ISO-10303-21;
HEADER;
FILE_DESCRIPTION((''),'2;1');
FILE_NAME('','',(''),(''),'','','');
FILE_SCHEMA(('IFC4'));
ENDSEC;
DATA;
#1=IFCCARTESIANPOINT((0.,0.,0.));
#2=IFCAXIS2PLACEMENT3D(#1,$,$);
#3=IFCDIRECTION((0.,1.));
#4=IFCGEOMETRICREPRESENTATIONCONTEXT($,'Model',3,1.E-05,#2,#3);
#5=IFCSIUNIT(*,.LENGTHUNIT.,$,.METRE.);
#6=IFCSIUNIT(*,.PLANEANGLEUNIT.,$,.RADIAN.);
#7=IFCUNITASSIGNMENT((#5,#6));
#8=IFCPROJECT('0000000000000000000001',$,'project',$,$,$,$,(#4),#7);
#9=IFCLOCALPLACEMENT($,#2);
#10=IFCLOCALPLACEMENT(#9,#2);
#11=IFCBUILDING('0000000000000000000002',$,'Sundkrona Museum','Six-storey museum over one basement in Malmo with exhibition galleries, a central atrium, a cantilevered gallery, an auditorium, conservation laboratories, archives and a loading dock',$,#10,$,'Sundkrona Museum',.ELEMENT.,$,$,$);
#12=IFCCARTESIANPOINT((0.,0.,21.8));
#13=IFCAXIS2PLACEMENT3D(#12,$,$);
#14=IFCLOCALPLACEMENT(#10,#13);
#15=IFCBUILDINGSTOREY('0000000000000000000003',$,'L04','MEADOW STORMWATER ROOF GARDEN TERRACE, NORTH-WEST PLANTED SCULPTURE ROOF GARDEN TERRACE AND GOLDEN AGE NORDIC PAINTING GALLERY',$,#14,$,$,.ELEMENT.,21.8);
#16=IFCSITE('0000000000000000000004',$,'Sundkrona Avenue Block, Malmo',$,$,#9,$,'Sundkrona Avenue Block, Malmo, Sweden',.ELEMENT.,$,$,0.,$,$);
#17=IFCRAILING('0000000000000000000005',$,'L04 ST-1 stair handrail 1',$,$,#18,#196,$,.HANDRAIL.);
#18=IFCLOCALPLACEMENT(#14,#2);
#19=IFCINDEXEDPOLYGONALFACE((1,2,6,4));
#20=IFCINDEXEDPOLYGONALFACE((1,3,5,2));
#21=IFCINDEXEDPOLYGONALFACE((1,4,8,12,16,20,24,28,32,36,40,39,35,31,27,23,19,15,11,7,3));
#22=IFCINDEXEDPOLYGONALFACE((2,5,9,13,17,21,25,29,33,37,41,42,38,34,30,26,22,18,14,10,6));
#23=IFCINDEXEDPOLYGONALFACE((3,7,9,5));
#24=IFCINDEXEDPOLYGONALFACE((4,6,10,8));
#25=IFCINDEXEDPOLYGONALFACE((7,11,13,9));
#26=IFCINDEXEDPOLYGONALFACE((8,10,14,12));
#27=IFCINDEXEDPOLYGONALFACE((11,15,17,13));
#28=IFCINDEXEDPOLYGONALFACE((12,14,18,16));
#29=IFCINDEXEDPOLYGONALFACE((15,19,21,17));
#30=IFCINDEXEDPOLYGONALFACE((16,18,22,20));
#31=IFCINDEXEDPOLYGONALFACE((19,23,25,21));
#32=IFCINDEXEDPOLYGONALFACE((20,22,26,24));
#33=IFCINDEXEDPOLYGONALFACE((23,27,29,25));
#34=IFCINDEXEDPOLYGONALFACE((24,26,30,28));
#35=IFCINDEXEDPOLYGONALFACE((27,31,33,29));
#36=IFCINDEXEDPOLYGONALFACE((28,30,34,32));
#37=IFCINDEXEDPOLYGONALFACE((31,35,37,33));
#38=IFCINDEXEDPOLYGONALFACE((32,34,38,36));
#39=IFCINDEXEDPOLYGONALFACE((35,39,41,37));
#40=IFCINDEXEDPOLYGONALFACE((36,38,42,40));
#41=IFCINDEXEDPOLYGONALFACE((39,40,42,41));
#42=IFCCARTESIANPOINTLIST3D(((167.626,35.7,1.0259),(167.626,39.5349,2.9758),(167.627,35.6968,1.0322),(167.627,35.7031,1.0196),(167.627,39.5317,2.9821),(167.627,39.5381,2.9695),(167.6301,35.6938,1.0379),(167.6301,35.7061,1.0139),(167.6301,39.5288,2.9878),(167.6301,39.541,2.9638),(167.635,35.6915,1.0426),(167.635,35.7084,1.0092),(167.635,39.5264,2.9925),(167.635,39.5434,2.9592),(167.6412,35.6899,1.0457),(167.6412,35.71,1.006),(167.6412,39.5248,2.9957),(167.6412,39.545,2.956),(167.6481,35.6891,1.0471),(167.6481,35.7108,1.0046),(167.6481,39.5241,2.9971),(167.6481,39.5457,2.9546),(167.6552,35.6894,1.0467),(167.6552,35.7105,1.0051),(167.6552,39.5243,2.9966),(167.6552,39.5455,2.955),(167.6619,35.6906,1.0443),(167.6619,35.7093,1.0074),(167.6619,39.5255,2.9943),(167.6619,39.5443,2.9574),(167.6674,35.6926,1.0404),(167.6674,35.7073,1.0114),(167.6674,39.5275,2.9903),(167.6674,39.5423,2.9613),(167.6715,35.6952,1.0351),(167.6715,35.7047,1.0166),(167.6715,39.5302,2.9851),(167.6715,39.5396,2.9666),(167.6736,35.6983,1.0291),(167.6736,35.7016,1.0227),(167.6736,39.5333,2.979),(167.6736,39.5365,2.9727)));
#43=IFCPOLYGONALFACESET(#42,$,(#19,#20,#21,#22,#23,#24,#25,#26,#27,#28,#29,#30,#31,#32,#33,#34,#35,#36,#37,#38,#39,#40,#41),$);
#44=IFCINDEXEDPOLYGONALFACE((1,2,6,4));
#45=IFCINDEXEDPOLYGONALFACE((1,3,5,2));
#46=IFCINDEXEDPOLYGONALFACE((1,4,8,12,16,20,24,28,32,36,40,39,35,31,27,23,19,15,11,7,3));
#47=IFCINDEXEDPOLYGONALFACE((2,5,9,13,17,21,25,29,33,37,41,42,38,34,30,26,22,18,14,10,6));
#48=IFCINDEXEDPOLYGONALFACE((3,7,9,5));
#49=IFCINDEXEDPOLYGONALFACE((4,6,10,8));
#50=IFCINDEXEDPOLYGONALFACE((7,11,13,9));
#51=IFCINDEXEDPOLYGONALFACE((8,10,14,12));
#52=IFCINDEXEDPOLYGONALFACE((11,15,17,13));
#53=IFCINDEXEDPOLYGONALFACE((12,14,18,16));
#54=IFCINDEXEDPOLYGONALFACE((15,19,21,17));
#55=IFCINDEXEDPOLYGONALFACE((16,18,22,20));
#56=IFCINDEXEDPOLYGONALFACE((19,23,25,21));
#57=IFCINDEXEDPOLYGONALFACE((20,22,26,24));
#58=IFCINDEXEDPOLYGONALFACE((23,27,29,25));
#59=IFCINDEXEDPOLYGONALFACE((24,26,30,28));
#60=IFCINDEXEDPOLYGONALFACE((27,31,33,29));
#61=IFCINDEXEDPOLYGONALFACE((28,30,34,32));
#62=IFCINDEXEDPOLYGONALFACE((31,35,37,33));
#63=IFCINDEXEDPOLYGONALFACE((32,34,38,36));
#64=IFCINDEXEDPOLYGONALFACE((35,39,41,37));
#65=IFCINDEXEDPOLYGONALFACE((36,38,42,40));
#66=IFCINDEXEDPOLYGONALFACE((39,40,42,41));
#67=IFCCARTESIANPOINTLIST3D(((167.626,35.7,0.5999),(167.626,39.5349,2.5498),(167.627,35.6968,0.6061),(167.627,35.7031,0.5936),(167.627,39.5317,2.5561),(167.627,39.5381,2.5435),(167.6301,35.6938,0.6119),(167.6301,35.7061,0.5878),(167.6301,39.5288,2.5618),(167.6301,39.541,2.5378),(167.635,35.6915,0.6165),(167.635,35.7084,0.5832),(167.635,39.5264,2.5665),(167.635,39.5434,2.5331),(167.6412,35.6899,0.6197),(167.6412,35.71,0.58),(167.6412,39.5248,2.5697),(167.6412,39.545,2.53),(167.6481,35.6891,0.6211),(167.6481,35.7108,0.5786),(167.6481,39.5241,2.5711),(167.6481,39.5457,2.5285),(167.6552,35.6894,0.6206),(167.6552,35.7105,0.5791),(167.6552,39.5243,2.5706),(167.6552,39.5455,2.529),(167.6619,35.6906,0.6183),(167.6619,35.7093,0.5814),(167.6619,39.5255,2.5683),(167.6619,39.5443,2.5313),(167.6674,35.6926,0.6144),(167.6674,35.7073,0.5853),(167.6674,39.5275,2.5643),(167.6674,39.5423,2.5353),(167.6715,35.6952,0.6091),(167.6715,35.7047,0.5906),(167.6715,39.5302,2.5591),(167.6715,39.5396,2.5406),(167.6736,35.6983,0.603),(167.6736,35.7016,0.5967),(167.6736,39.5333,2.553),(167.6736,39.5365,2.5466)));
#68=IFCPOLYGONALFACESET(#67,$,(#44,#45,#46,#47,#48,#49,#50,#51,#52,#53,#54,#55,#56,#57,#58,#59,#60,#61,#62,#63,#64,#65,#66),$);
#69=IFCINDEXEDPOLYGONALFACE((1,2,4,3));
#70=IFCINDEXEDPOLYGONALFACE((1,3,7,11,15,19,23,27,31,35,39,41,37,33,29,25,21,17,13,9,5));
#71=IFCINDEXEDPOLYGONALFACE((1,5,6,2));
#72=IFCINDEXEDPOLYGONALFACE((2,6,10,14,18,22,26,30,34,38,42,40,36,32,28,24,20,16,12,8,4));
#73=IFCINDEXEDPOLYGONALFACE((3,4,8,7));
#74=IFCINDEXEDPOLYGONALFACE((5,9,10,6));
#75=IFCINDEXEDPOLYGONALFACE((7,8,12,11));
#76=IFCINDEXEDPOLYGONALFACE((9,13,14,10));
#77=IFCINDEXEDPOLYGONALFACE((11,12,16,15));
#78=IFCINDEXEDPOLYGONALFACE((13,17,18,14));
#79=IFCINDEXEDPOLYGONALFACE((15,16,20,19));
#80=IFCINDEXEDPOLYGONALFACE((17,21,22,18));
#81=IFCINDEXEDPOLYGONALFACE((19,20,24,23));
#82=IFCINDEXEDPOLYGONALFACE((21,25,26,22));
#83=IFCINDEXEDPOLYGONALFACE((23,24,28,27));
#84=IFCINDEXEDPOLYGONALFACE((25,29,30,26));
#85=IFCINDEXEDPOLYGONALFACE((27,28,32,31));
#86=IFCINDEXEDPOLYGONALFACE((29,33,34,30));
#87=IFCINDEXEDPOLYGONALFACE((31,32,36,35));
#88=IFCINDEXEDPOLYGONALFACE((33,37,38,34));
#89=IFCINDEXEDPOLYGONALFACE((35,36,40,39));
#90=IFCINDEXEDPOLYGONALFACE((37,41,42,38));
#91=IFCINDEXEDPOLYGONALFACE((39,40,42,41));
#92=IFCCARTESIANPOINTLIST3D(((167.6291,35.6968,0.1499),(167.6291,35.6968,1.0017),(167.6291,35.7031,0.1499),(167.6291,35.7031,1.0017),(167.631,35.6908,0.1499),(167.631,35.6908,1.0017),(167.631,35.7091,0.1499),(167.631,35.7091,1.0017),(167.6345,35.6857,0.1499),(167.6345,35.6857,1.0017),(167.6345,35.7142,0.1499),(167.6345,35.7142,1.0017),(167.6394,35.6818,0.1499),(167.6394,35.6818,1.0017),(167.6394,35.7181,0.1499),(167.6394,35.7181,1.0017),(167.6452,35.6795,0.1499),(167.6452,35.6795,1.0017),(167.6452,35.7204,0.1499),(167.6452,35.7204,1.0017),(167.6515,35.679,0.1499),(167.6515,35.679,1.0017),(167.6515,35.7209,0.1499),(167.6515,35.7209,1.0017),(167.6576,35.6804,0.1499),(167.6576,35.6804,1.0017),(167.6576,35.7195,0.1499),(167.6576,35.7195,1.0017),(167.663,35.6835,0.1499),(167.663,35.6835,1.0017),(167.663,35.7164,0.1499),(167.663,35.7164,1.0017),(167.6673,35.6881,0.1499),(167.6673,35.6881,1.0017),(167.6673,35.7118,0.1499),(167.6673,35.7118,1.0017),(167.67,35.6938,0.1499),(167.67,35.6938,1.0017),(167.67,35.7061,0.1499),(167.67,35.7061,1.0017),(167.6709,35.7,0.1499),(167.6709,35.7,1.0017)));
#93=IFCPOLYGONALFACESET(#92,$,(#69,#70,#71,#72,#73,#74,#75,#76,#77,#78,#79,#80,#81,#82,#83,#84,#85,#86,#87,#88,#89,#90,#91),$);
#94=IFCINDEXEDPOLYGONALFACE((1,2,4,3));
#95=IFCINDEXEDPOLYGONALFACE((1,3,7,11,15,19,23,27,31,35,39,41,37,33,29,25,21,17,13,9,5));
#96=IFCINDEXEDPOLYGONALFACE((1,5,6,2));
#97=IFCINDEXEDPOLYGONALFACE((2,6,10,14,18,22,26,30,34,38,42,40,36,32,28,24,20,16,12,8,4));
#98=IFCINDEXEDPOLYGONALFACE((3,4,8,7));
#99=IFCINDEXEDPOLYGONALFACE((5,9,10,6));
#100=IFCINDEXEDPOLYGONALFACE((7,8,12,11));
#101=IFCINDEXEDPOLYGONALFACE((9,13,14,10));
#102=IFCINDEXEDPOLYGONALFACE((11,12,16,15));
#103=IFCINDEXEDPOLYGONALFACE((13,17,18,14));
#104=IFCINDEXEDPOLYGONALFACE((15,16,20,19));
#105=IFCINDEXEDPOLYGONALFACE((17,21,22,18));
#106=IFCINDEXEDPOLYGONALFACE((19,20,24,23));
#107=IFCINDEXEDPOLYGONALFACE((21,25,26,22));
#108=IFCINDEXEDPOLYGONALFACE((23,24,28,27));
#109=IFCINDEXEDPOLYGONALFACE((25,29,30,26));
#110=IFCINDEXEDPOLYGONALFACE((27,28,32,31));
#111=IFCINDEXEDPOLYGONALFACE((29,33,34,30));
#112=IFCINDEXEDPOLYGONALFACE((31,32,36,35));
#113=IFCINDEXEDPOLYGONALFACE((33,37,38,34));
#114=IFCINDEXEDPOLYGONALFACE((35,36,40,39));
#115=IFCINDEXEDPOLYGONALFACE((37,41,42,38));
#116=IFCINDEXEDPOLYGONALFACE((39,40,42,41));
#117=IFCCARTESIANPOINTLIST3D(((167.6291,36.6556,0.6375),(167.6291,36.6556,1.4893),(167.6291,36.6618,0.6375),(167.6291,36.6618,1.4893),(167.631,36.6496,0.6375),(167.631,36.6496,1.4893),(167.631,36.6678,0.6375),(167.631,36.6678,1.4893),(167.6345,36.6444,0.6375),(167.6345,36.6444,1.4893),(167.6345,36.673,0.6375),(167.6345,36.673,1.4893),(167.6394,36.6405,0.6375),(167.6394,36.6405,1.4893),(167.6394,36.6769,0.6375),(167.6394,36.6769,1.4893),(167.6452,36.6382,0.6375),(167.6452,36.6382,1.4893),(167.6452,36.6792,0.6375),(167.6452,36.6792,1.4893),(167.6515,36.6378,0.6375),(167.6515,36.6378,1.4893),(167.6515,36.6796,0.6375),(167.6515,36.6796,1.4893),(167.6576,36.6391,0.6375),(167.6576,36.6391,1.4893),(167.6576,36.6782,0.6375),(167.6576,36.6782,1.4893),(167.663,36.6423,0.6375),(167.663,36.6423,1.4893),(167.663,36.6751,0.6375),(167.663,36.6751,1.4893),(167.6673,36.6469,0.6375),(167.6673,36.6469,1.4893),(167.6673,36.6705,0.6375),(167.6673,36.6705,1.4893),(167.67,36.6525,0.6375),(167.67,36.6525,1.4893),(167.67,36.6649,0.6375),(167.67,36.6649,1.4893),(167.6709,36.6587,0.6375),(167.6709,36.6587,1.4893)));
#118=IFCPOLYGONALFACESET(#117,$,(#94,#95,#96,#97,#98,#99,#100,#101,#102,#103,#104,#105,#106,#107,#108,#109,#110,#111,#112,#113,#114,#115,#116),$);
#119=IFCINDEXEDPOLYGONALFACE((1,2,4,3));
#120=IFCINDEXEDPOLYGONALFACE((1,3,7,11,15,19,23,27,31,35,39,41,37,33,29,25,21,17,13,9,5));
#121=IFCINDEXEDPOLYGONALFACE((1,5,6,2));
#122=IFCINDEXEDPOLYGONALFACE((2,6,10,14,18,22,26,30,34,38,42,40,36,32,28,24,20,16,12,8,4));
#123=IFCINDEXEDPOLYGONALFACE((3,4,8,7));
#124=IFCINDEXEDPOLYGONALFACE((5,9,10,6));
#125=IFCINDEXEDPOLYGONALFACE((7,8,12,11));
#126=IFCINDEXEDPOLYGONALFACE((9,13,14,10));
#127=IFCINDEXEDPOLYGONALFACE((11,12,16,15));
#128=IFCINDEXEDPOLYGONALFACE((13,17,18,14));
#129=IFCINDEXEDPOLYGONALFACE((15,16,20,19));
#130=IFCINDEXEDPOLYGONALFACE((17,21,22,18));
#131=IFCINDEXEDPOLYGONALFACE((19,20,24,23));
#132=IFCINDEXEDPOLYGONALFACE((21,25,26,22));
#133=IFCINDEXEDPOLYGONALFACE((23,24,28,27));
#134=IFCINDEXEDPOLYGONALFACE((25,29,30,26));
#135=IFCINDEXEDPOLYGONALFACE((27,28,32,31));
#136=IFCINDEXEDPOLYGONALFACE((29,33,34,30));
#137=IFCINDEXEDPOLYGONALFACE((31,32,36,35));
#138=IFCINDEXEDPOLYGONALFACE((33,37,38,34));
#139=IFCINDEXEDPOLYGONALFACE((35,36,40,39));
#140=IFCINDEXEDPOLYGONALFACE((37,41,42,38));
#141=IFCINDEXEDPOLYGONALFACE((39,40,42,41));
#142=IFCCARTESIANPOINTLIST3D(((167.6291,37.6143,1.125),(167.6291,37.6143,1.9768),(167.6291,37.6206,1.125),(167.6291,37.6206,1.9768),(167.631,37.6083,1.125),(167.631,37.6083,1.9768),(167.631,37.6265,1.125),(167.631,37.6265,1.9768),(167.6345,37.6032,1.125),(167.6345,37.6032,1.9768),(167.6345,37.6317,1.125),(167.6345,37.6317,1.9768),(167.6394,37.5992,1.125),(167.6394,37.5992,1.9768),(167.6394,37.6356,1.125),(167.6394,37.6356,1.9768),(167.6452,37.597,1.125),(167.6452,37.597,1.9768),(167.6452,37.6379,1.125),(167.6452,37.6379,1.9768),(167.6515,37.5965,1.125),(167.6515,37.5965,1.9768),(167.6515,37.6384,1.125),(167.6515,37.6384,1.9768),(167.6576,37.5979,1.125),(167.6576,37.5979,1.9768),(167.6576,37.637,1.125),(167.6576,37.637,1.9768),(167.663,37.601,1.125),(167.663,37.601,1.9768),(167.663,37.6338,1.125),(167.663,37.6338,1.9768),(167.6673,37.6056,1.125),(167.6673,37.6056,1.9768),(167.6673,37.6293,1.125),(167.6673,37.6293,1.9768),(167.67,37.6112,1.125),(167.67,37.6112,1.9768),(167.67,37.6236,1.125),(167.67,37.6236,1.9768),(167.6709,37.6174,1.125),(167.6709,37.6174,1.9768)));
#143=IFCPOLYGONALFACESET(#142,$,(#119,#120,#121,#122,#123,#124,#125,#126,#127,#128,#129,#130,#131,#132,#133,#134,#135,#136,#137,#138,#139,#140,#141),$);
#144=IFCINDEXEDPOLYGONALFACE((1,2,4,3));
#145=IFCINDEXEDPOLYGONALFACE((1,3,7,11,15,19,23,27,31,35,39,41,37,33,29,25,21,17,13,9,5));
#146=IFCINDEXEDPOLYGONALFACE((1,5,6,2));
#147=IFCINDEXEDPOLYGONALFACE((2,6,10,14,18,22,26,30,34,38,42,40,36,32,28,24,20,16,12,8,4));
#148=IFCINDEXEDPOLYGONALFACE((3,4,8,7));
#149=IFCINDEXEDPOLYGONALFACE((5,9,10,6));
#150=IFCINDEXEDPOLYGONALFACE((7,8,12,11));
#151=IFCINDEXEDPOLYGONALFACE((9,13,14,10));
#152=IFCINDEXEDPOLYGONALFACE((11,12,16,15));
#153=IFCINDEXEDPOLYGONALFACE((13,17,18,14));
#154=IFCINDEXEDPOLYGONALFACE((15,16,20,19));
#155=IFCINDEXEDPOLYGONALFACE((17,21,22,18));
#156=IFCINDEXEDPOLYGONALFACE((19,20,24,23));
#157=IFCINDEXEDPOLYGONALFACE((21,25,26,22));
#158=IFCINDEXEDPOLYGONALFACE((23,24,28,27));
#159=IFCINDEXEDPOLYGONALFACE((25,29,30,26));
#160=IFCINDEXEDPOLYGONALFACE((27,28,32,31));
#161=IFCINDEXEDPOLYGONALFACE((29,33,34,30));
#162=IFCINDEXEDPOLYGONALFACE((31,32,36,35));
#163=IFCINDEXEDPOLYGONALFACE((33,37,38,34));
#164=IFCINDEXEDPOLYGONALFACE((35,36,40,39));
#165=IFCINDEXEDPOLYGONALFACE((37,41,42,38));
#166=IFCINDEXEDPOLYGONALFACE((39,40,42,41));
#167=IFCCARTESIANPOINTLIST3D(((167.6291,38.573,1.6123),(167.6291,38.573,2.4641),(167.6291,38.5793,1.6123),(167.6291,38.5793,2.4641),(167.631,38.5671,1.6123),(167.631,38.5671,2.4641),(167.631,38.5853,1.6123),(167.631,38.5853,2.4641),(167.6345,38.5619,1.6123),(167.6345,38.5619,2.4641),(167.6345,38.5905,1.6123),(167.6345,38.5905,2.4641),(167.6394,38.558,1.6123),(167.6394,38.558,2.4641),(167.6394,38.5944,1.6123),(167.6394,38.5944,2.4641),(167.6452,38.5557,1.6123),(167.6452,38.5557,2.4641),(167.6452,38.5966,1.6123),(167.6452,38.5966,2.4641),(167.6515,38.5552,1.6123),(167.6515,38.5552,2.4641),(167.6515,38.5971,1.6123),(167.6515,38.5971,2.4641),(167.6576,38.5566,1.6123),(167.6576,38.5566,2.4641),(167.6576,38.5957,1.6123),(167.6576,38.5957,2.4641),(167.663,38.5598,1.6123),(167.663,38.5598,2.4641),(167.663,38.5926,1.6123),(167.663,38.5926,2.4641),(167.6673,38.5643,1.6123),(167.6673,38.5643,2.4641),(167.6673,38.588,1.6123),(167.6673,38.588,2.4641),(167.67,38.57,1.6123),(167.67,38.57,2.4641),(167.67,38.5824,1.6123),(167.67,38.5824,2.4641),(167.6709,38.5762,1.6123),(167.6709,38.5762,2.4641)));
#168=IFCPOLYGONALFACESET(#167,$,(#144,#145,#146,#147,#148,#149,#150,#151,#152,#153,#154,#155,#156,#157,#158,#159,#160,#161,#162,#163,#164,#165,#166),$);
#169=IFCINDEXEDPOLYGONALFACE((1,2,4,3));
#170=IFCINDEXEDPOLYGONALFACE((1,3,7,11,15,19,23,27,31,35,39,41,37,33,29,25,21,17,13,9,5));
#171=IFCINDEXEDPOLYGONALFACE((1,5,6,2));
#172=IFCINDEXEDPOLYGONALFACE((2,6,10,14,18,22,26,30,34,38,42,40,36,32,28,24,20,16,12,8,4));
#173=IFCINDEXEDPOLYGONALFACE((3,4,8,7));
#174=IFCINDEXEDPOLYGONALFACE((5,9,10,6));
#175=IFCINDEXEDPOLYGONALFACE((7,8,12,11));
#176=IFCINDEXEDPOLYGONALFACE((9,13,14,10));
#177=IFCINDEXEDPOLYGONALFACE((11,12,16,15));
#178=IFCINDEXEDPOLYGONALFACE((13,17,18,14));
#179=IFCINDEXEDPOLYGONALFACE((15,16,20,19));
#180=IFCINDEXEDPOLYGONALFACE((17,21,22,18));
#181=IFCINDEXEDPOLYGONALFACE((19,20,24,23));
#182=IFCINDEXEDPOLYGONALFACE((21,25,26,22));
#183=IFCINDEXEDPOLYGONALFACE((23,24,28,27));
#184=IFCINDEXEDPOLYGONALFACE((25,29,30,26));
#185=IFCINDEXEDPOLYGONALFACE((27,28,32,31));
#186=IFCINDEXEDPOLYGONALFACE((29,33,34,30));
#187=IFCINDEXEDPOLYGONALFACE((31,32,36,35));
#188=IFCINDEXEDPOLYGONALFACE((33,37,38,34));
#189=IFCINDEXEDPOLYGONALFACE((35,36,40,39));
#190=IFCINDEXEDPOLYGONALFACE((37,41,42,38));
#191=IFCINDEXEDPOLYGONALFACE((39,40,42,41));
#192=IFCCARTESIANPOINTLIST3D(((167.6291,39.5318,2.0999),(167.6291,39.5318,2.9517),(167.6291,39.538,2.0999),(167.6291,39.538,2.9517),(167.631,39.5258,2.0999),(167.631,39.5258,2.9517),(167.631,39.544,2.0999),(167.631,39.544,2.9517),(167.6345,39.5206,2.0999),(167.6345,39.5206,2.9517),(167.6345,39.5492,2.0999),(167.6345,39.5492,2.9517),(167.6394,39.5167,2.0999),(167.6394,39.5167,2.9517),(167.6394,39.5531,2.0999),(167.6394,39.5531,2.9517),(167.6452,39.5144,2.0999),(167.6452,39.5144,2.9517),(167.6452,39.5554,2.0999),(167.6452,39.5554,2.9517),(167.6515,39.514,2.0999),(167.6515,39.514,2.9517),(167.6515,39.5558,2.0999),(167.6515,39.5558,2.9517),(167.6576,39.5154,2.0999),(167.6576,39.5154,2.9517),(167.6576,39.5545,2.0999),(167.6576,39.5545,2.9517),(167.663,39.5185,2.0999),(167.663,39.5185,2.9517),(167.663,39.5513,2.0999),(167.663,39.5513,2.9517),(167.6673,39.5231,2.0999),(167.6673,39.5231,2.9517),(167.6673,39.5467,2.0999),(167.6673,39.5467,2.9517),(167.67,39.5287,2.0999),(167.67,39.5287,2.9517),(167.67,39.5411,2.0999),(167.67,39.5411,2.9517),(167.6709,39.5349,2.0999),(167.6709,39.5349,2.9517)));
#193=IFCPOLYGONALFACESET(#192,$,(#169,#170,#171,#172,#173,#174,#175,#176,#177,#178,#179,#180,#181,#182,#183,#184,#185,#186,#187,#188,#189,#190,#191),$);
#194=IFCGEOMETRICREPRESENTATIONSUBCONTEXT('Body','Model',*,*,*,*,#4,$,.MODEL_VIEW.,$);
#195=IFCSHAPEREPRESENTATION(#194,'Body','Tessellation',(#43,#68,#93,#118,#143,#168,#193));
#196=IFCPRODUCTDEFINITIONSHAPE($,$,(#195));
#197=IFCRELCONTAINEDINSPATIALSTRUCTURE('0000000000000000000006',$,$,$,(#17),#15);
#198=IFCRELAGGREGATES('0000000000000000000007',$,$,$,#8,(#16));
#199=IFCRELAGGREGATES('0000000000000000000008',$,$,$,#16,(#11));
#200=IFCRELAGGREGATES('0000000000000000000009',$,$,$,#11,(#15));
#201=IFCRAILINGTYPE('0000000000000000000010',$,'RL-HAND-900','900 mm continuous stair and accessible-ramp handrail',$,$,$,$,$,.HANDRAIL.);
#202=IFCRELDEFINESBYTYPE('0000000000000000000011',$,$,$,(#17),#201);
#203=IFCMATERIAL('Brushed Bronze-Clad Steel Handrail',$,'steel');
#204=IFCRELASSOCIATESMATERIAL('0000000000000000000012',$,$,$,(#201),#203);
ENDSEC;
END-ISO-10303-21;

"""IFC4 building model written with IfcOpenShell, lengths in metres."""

from ifc_helpers import new_model, si_unit, direction, frame, origin, origin_2d, place, context, subcontext, project, spatial, circle, extrude, material, type_object, element, save


model = new_model("IFC4")

# Units and contexts
model_context = context("Model", 3, precision=1e-05, world=origin(), true_north=direction((0.0, 1.0)))
body_context = subcontext(model_context, "Body", "Model", "MODEL_VIEW")
ifc_project = project(units=[si_unit("LENGTHUNIT", "METRE"), si_unit("PLANEANGLEUNIT", "RADIAN")], contexts=[model_context])

# Site, building, storey
site_placement = place(None, origin())
site = spatial("IfcSite", under=ifc_project, at=site_placement, Name="Sundkrona Avenue Block, Malmo", LongName="Sundkrona Avenue Block, Malmo, Sweden", CompositionType="ELEMENT", RefElevation=0.0)
building_placement = place(site_placement, origin())
building = spatial("IfcBuilding", under=site, at=building_placement, Name="Sundkrona Museum", Description="Six-storey museum over one basement in Malmo with exhibition galleries, a central atrium, a cantilevered gallery, an auditorium, conservation laboratories, archives and a loading dock", LongName="Sundkrona Museum", CompositionType="ELEMENT")
storey_placement = place(building_placement, frame((0.0, 0.0, 21.8)))
storey = spatial("IfcBuildingStorey", under=building, at=storey_placement, Name="L04", Description="MEADOW STORMWATER ROOF GARDEN TERRACE, NORTH-WEST PLANTED SCULPTURE ROOF GARDEN TERRACE AND GOLDEN AGE NORDIC PAINTING GALLERY", CompositionType="ELEMENT", Elevation=21.8)

# Railing
ifc_material_1 = material(Name="Brushed Bronze-Clad Steel Handrail", Category="steel")
railing_type_1 = type_object("IfcRailingType", Name="RL-HAND-900", Description="900 mm continuous stair and accessible-ramp handrail", PredefinedType="HANDRAIL", material=ifc_material_1)
railing_1_placement = place(storey_placement, frame((167.6499, 35.7, 0.1499)))
element("IfcRailing", 1, at=railing_1_placement, inside=storey, type_object=railing_type_1, Name="L04 ST-1 stair handrail 1", PredefinedType="HANDRAIL", context=body_context, shape_type="SweptSolid", body=[
    extrude(circle(Radius=0.0239, at=origin_2d()), frame((0.0, 0.0, 0.876), z_axis=(0.0, 0.891388, 0.453241), x_axis=(-1.0, 0.0, 0.0)), (0.0, 0.0, 1.0), 4.3022),
    extrude(circle(Radius=0.0239, at=origin_2d()), frame((0.0, 0.0, 0.45), z_axis=(0.0, 0.891388, 0.453241), x_axis=(-1.0, 0.0, 0.0)), (0.0, 0.0, 1.0), 4.3022),
    extrude(circle(Radius=0.021, at=origin_2d()), origin(), (0.0, 0.0, 1.0), 0.8518),
    extrude(circle(Radius=0.021, at=origin_2d()), frame((0.0, 0.9587, 0.4875)), (0.0, 0.0, 1.0), 0.8518),
    extrude(circle(Radius=0.021, at=origin_2d()), frame((0.0, 1.9175, 0.9751)), (0.0, 0.0, 1.0), 0.8518),
    extrude(circle(Radius=0.021, at=origin_2d()), frame((0.0, 2.8762, 1.4624)), (0.0, 0.0, 1.0), 0.8518),
    extrude(circle(Radius=0.021, at=origin_2d()), frame((0.0, 3.835, 1.95)), (0.0, 0.0, 1.0), 0.8518),
])

save(model, "model.ifc")
